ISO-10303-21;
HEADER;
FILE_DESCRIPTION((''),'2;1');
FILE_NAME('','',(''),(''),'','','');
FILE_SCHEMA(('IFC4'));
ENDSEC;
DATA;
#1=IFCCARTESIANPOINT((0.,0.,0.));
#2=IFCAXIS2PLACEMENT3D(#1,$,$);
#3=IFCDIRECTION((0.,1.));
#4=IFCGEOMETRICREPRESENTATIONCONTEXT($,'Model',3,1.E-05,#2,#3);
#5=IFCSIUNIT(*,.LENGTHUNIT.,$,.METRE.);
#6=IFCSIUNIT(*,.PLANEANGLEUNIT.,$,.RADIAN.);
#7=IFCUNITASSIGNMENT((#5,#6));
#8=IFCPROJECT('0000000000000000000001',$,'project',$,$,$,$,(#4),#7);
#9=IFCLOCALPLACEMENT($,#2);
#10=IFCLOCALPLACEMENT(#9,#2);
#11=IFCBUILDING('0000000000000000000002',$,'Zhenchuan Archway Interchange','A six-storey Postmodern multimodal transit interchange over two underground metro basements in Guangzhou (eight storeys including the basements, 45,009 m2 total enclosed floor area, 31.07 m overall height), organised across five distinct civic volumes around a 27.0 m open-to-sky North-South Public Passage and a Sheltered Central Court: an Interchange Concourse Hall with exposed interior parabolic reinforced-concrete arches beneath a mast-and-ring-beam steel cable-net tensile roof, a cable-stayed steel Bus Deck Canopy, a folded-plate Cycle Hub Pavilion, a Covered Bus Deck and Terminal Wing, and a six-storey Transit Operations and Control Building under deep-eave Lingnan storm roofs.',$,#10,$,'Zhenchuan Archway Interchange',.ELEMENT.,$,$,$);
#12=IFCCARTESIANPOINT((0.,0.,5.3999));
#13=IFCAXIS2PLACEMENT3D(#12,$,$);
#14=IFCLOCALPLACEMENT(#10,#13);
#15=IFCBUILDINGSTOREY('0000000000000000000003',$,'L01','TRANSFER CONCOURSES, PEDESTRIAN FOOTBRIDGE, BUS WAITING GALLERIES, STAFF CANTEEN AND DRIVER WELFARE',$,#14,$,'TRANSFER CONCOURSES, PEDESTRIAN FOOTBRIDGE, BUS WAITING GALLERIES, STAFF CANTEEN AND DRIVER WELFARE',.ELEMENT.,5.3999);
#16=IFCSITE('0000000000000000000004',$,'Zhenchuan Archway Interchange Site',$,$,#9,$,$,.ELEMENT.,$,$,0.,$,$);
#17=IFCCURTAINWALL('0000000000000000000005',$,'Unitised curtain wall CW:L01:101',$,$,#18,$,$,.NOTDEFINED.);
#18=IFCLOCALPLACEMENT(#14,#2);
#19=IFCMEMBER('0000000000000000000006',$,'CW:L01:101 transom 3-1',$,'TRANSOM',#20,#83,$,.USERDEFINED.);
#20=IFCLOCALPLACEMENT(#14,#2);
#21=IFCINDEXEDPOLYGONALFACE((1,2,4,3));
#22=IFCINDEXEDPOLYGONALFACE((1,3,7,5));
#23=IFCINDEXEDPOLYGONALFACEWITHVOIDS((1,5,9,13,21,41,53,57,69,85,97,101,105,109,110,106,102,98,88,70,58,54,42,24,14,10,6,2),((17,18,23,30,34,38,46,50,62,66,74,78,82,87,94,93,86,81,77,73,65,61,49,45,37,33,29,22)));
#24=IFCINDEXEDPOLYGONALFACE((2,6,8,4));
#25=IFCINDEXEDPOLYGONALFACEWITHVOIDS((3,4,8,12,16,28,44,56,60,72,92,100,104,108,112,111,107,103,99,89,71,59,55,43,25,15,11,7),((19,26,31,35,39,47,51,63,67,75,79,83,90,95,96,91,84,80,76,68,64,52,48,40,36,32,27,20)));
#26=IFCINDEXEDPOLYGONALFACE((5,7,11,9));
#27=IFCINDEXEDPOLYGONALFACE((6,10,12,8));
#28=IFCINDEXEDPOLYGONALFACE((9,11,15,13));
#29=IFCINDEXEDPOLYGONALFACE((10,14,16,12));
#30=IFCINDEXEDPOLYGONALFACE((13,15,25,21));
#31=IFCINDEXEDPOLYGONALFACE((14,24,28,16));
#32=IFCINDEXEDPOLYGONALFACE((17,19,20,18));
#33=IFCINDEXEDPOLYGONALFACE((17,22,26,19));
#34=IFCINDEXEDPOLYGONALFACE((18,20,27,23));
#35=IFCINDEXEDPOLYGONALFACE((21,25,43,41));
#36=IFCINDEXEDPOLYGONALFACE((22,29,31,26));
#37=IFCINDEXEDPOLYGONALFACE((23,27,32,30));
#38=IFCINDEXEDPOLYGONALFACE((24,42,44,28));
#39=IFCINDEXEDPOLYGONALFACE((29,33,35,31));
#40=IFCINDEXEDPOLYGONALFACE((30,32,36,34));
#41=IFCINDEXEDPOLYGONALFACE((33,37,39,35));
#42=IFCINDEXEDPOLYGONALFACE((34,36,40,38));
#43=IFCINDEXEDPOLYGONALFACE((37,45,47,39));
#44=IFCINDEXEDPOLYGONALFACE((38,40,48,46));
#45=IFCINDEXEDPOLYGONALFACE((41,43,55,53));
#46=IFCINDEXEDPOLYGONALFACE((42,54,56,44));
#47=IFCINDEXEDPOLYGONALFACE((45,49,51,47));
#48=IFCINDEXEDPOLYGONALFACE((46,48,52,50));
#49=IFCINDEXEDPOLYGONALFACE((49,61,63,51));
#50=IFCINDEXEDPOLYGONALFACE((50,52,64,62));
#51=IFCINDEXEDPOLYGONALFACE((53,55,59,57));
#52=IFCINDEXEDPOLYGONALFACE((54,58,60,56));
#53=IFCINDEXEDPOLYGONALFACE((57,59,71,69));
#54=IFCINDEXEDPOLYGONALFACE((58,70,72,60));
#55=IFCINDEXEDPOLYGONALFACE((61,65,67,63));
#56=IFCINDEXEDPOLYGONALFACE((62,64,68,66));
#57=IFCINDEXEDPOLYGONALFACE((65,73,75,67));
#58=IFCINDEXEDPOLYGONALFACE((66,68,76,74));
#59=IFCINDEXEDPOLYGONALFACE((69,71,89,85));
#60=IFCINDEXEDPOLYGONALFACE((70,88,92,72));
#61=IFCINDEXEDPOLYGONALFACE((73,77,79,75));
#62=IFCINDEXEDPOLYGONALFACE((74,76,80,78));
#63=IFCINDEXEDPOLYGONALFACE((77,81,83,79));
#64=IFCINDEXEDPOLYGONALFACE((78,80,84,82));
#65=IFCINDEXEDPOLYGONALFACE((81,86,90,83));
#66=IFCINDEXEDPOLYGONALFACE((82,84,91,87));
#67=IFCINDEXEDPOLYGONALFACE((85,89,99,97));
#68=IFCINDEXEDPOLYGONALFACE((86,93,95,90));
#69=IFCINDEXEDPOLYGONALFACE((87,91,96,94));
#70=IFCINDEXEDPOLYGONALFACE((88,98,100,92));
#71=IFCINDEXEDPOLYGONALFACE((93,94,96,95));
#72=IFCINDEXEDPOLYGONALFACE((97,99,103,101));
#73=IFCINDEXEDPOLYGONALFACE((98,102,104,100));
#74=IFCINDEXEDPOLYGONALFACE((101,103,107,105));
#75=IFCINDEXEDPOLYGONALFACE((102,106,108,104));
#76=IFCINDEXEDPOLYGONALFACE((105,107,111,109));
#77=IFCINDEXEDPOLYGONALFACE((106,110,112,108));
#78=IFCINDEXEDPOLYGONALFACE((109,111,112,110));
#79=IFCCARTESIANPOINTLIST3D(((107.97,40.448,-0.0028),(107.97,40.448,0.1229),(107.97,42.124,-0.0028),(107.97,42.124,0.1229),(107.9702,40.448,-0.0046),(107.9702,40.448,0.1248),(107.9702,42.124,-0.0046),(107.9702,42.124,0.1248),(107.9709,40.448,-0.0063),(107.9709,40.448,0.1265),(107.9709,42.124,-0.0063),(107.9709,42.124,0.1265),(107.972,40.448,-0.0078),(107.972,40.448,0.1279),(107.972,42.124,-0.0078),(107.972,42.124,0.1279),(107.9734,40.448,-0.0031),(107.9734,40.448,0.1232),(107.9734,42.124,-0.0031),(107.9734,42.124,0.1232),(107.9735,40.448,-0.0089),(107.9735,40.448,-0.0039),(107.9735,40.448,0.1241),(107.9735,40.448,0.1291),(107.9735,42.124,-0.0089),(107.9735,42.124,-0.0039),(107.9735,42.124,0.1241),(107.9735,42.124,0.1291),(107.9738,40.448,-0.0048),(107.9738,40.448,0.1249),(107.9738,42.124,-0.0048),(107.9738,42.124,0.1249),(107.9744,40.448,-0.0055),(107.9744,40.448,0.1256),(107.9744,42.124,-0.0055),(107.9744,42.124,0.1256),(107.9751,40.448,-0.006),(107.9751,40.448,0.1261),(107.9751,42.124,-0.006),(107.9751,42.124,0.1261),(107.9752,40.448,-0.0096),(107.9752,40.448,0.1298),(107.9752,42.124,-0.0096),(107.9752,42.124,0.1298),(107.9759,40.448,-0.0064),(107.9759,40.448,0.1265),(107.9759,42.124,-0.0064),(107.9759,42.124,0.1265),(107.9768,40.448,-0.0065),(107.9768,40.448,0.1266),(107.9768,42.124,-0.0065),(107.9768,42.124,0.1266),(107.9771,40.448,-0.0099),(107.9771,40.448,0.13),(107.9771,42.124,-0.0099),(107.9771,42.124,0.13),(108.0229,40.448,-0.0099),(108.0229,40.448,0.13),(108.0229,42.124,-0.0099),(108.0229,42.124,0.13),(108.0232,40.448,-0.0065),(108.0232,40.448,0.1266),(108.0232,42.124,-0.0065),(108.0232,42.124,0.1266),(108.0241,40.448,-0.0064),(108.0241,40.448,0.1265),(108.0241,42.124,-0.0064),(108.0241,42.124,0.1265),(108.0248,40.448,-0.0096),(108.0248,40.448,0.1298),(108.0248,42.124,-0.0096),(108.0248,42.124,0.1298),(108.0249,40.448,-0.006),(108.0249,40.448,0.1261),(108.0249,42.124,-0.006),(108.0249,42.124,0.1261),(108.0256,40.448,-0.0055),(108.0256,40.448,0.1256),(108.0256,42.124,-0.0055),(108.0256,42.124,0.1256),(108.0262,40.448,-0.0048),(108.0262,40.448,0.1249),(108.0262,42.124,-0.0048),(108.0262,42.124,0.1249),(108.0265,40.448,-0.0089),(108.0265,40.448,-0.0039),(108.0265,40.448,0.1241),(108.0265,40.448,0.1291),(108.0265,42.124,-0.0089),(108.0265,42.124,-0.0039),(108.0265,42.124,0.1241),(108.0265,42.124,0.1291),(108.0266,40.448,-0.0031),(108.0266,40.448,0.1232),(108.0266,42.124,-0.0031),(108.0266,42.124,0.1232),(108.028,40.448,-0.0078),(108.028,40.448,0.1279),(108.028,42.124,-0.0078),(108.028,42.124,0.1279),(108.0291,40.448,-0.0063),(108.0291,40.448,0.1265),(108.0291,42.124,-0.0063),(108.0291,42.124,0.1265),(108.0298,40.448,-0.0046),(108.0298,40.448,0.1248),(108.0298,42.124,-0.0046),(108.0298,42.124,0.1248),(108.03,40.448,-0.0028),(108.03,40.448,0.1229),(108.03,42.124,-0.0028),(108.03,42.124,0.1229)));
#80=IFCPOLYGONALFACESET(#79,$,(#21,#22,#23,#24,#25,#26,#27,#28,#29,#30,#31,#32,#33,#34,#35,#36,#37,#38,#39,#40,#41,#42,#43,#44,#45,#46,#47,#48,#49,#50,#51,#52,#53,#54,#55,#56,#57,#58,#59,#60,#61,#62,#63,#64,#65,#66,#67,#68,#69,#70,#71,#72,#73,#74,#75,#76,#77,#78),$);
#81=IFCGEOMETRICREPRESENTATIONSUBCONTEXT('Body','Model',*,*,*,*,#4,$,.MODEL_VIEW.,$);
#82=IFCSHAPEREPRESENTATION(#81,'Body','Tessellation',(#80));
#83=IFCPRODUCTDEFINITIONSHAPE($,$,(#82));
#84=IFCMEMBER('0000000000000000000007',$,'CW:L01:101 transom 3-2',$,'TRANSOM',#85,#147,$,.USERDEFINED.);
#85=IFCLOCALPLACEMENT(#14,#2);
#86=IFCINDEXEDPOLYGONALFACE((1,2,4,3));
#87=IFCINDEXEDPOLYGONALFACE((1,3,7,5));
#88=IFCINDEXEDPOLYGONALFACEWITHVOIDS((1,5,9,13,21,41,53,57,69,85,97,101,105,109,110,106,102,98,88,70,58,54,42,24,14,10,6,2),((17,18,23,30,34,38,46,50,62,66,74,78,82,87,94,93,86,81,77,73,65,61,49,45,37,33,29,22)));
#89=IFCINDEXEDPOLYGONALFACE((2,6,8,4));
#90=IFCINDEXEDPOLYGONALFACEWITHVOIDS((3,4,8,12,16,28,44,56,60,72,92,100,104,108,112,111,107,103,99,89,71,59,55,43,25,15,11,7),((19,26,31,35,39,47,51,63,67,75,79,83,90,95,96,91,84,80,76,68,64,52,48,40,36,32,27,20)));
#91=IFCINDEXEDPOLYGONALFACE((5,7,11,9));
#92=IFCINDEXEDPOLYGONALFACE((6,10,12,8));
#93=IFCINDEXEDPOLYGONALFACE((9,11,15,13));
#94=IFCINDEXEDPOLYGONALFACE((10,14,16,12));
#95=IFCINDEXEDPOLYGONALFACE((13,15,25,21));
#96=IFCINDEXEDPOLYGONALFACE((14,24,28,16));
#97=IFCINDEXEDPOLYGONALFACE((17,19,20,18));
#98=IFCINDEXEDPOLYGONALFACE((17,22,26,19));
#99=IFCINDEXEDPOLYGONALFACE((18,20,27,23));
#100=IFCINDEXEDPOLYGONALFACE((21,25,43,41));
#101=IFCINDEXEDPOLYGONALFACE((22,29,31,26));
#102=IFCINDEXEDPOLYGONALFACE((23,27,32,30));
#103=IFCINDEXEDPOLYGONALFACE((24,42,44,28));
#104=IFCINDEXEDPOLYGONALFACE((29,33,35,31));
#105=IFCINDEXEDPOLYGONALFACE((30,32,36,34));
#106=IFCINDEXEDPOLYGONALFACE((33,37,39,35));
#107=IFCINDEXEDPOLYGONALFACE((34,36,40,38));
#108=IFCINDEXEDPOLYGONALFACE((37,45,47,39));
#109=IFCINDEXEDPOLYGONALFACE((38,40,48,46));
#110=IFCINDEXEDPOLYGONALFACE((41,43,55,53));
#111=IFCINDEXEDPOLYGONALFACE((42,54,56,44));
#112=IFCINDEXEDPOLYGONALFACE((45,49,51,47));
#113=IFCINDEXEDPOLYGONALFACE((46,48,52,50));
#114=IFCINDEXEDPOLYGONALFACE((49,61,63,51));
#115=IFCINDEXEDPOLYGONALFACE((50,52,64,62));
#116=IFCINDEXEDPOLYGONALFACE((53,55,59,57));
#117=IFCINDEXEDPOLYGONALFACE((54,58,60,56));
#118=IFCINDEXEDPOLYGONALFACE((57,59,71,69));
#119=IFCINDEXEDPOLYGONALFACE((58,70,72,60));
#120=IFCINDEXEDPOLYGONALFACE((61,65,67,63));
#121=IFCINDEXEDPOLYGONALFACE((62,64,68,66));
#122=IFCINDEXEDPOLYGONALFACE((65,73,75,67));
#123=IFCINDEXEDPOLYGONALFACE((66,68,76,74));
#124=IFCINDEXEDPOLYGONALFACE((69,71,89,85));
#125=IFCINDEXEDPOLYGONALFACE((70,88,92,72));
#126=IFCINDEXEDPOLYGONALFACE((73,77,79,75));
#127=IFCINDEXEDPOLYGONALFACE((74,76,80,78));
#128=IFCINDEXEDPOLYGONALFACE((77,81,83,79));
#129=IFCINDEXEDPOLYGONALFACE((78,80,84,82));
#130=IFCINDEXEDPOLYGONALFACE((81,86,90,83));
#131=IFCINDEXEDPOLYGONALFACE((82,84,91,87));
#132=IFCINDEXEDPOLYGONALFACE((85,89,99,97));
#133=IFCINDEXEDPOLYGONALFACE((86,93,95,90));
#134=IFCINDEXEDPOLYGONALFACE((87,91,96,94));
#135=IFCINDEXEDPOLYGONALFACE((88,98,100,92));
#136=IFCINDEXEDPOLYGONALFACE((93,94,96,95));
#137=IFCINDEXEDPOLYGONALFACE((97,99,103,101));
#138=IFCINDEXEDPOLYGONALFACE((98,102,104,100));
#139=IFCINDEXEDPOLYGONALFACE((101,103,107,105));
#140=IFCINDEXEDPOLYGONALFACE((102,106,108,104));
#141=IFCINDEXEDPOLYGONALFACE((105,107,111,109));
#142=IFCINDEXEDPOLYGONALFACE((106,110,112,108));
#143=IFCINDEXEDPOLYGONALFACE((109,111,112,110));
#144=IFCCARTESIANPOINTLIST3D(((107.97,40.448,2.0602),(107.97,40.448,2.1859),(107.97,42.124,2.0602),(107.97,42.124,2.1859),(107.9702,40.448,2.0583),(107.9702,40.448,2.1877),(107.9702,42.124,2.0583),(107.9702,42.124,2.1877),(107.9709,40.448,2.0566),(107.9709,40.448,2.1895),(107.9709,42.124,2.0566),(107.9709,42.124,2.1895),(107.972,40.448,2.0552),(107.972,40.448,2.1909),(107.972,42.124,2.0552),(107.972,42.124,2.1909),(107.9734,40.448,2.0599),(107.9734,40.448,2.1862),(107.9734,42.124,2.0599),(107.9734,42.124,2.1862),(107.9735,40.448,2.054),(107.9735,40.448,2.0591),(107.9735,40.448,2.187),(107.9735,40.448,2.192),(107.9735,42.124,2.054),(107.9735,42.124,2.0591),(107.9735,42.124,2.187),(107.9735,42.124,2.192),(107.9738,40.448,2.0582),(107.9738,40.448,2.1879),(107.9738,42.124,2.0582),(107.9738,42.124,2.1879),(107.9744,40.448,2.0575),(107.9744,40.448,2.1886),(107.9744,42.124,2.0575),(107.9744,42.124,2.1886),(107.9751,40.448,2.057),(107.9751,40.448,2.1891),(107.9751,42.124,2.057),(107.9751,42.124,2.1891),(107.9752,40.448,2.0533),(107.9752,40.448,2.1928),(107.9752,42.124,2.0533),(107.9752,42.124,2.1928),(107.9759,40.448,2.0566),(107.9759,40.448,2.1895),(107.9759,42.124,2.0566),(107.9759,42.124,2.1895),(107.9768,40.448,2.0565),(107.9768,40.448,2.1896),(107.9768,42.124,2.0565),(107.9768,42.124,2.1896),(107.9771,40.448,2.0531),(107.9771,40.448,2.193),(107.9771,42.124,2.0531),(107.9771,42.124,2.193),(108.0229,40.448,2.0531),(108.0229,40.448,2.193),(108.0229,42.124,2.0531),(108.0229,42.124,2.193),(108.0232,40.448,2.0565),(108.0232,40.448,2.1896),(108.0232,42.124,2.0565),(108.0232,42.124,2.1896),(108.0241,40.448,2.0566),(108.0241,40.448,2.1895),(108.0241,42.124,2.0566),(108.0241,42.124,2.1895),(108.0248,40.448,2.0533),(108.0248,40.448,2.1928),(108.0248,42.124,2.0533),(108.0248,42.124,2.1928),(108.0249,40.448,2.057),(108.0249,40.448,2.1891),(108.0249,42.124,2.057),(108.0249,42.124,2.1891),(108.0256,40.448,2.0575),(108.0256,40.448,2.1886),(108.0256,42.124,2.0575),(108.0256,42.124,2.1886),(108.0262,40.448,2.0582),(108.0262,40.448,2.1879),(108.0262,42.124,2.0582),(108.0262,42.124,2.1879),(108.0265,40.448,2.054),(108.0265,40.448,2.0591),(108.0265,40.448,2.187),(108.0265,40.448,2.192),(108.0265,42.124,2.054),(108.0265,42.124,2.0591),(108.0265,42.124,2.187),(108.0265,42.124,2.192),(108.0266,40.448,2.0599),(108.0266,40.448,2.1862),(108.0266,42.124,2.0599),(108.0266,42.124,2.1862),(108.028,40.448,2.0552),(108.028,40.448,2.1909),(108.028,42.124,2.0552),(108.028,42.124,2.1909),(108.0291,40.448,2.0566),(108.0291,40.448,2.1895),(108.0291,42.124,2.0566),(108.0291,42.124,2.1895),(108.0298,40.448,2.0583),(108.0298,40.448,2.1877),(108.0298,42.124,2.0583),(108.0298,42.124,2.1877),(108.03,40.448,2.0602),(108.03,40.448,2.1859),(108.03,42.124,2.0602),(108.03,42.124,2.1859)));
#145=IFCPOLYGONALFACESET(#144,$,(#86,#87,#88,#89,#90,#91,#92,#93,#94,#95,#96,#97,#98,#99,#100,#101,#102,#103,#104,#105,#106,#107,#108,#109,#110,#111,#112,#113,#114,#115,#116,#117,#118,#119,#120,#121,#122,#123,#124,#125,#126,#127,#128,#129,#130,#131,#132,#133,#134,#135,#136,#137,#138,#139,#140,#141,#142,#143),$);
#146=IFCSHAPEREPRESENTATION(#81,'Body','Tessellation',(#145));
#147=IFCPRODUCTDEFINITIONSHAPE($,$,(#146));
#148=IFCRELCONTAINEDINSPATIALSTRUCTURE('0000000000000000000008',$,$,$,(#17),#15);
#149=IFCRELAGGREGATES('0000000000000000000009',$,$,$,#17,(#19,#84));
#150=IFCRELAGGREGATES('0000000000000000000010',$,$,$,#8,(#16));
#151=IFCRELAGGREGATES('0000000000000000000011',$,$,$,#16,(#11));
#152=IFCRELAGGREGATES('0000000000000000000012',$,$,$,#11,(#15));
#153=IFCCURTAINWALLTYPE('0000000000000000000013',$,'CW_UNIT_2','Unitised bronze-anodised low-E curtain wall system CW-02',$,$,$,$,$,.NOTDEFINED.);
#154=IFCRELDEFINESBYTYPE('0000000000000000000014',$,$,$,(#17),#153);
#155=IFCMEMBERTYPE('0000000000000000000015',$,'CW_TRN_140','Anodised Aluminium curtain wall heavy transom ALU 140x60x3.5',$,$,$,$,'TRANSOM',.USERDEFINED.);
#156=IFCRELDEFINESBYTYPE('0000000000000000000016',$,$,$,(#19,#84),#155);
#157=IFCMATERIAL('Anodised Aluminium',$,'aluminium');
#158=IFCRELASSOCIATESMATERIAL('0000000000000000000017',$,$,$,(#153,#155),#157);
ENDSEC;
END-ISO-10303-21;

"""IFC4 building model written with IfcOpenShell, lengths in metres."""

from ifc_helpers import new_model, si_unit, direction, frame, origin, origin_2d, place, context, subcontext, project, spatial, hollow_rectangle, extrude, material, material_profile, profile_set, type_object, element, aggregate, save


model = new_model("IFC4")

# Units and contexts
model_context = context("Model", 3, precision=1e-05, world=origin(), true_north=direction((0.0, 1.0)))
body_context = subcontext(model_context, "Body", "Model", "MODEL_VIEW")
ifc_project = project(units=[si_unit("LENGTHUNIT", "METRE"), si_unit("PLANEANGLEUNIT", "RADIAN")], contexts=[model_context])

# Site, building, storey
site_placement = place(None, origin())
site = spatial("IfcSite", under=ifc_project, at=site_placement, Name="Zhenchuan Archway Interchange Site", CompositionType="ELEMENT", RefElevation=0.0)
building_placement = place(site_placement, origin())
building = spatial("IfcBuilding", under=site, at=building_placement, Name="Zhenchuan Archway Interchange", Description="A six-storey Postmodern multimodal transit interchange over two underground metro basements in Guangzhou (eight storeys including the basements, 45,009 m2 total enclosed floor area, 31.07 m overall height), organised across five distinct civic volumes around a 27.0 m open-to-sky North-South Public Passage and a Sheltered Central Court: an Interchange Concourse Hall with exposed interior parabolic reinforced-concrete arches beneath a mast-and-ring-beam steel cable-net tensile roof, a cable-stayed steel Bus Deck Canopy, a folded-plate Cycle Hub Pavilion, a Covered Bus Deck and Terminal Wing, and a six-storey Transit Operations and Control Building under deep-eave Lingnan storm roofs.", LongName="Zhenchuan Archway Interchange", CompositionType="ELEMENT")
storey_placement = place(building_placement, frame((0.0, 0.0, 5.3999)))
storey = spatial("IfcBuildingStorey", under=building, at=storey_placement, Name="L01", Description="TRANSFER CONCOURSES, PEDESTRIAN FOOTBRIDGE, BUS WAITING GALLERIES, STAFF CANTEEN AND DRIVER WELFARE", LongName="TRANSFER CONCOURSES, PEDESTRIAN FOOTBRIDGE, BUS WAITING GALLERIES, STAFF CANTEEN AND DRIVER WELFARE", CompositionType="ELEMENT", Elevation=5.3999)

# Shared definitions
ifc_material_1 = material(Name="Anodised Aluminium", Category="aluminium")

# Curtain wall
curtain_wall_type_1 = type_object("IfcCurtainWallType", Name="CW_UNIT_2", Description="Unitised bronze-anodised low-E curtain wall system CW-02", PredefinedType="NOTDEFINED", material=ifc_material_1)
curtain_wall_1_placement = place(storey_placement, origin())
curtain_wall_1 = element("IfcCurtainWall", 1, at=curtain_wall_1_placement, inside=storey, type_object=curtain_wall_type_1, Name="Unitised curtain wall CW:L01:101", PredefinedType="NOTDEFINED")

# Members
ifc_material_profile_1 = material_profile(ifc_material_1, hollow_rectangle(XDim=0.0601, YDim=0.1399, WallThickness=0.0034, InnerFilletRadius=0.0034, OuterFilletRadius=0.0071, at=origin_2d()), Name="ALU 140x60x3.5")
ifc_profile_set_1 = profile_set([ifc_material_profile_1], Name="Anodised Aluminium")
member_type_1 = type_object("IfcMemberType", Name="CW_TRN_140", Description="Anodised Aluminium curtain wall heavy transom ALU 140x60x3.5", ElementType="TRANSOM", PredefinedType="USERDEFINED", material=ifc_profile_set_1)
member_1_placement = place(storey_placement, frame((108.0, 42.124, 0.0601), z_axis=(0.0, -1.0, 0.0), x_axis=(1.0, 0.0, 0.0)))
member_1 = element("IfcMember", 2, at=member_1_placement, type_object=member_type_1, Name="CW:L01:101 transom 3-1", ObjectType="TRANSOM", PredefinedType="USERDEFINED", context=body_context, shape_type="SweptSolid", body=[
    extrude(hollow_rectangle(XDim=0.0601, YDim=0.1399, WallThickness=0.0034, InnerFilletRadius=0.0034, OuterFilletRadius=0.0071, at=origin_2d()), origin(), (0.0, 0.0, 1.0), 1.676),
])
member_2_placement = place(storey_placement, frame((108.0, 42.124, 2.123), z_axis=(0.0, -1.0, 0.0), x_axis=(1.0, 0.0, 0.0)))
member_2 = element("IfcMember", 3, at=member_2_placement, type_object=member_type_1, Name="CW:L01:101 transom 3-2", ObjectType="TRANSOM", PredefinedType="USERDEFINED", context=body_context, shape_type="SweptSolid", body=[
    extrude(hollow_rectangle(XDim=0.0601, YDim=0.1399, WallThickness=0.0034, InnerFilletRadius=0.0034, OuterFilletRadius=0.0071, at=origin_2d()), origin(), (0.0, 0.0, 1.0), 1.676),
])

aggregate(curtain_wall_1, [member_1, member_2])

save(model, "model.ifc")
